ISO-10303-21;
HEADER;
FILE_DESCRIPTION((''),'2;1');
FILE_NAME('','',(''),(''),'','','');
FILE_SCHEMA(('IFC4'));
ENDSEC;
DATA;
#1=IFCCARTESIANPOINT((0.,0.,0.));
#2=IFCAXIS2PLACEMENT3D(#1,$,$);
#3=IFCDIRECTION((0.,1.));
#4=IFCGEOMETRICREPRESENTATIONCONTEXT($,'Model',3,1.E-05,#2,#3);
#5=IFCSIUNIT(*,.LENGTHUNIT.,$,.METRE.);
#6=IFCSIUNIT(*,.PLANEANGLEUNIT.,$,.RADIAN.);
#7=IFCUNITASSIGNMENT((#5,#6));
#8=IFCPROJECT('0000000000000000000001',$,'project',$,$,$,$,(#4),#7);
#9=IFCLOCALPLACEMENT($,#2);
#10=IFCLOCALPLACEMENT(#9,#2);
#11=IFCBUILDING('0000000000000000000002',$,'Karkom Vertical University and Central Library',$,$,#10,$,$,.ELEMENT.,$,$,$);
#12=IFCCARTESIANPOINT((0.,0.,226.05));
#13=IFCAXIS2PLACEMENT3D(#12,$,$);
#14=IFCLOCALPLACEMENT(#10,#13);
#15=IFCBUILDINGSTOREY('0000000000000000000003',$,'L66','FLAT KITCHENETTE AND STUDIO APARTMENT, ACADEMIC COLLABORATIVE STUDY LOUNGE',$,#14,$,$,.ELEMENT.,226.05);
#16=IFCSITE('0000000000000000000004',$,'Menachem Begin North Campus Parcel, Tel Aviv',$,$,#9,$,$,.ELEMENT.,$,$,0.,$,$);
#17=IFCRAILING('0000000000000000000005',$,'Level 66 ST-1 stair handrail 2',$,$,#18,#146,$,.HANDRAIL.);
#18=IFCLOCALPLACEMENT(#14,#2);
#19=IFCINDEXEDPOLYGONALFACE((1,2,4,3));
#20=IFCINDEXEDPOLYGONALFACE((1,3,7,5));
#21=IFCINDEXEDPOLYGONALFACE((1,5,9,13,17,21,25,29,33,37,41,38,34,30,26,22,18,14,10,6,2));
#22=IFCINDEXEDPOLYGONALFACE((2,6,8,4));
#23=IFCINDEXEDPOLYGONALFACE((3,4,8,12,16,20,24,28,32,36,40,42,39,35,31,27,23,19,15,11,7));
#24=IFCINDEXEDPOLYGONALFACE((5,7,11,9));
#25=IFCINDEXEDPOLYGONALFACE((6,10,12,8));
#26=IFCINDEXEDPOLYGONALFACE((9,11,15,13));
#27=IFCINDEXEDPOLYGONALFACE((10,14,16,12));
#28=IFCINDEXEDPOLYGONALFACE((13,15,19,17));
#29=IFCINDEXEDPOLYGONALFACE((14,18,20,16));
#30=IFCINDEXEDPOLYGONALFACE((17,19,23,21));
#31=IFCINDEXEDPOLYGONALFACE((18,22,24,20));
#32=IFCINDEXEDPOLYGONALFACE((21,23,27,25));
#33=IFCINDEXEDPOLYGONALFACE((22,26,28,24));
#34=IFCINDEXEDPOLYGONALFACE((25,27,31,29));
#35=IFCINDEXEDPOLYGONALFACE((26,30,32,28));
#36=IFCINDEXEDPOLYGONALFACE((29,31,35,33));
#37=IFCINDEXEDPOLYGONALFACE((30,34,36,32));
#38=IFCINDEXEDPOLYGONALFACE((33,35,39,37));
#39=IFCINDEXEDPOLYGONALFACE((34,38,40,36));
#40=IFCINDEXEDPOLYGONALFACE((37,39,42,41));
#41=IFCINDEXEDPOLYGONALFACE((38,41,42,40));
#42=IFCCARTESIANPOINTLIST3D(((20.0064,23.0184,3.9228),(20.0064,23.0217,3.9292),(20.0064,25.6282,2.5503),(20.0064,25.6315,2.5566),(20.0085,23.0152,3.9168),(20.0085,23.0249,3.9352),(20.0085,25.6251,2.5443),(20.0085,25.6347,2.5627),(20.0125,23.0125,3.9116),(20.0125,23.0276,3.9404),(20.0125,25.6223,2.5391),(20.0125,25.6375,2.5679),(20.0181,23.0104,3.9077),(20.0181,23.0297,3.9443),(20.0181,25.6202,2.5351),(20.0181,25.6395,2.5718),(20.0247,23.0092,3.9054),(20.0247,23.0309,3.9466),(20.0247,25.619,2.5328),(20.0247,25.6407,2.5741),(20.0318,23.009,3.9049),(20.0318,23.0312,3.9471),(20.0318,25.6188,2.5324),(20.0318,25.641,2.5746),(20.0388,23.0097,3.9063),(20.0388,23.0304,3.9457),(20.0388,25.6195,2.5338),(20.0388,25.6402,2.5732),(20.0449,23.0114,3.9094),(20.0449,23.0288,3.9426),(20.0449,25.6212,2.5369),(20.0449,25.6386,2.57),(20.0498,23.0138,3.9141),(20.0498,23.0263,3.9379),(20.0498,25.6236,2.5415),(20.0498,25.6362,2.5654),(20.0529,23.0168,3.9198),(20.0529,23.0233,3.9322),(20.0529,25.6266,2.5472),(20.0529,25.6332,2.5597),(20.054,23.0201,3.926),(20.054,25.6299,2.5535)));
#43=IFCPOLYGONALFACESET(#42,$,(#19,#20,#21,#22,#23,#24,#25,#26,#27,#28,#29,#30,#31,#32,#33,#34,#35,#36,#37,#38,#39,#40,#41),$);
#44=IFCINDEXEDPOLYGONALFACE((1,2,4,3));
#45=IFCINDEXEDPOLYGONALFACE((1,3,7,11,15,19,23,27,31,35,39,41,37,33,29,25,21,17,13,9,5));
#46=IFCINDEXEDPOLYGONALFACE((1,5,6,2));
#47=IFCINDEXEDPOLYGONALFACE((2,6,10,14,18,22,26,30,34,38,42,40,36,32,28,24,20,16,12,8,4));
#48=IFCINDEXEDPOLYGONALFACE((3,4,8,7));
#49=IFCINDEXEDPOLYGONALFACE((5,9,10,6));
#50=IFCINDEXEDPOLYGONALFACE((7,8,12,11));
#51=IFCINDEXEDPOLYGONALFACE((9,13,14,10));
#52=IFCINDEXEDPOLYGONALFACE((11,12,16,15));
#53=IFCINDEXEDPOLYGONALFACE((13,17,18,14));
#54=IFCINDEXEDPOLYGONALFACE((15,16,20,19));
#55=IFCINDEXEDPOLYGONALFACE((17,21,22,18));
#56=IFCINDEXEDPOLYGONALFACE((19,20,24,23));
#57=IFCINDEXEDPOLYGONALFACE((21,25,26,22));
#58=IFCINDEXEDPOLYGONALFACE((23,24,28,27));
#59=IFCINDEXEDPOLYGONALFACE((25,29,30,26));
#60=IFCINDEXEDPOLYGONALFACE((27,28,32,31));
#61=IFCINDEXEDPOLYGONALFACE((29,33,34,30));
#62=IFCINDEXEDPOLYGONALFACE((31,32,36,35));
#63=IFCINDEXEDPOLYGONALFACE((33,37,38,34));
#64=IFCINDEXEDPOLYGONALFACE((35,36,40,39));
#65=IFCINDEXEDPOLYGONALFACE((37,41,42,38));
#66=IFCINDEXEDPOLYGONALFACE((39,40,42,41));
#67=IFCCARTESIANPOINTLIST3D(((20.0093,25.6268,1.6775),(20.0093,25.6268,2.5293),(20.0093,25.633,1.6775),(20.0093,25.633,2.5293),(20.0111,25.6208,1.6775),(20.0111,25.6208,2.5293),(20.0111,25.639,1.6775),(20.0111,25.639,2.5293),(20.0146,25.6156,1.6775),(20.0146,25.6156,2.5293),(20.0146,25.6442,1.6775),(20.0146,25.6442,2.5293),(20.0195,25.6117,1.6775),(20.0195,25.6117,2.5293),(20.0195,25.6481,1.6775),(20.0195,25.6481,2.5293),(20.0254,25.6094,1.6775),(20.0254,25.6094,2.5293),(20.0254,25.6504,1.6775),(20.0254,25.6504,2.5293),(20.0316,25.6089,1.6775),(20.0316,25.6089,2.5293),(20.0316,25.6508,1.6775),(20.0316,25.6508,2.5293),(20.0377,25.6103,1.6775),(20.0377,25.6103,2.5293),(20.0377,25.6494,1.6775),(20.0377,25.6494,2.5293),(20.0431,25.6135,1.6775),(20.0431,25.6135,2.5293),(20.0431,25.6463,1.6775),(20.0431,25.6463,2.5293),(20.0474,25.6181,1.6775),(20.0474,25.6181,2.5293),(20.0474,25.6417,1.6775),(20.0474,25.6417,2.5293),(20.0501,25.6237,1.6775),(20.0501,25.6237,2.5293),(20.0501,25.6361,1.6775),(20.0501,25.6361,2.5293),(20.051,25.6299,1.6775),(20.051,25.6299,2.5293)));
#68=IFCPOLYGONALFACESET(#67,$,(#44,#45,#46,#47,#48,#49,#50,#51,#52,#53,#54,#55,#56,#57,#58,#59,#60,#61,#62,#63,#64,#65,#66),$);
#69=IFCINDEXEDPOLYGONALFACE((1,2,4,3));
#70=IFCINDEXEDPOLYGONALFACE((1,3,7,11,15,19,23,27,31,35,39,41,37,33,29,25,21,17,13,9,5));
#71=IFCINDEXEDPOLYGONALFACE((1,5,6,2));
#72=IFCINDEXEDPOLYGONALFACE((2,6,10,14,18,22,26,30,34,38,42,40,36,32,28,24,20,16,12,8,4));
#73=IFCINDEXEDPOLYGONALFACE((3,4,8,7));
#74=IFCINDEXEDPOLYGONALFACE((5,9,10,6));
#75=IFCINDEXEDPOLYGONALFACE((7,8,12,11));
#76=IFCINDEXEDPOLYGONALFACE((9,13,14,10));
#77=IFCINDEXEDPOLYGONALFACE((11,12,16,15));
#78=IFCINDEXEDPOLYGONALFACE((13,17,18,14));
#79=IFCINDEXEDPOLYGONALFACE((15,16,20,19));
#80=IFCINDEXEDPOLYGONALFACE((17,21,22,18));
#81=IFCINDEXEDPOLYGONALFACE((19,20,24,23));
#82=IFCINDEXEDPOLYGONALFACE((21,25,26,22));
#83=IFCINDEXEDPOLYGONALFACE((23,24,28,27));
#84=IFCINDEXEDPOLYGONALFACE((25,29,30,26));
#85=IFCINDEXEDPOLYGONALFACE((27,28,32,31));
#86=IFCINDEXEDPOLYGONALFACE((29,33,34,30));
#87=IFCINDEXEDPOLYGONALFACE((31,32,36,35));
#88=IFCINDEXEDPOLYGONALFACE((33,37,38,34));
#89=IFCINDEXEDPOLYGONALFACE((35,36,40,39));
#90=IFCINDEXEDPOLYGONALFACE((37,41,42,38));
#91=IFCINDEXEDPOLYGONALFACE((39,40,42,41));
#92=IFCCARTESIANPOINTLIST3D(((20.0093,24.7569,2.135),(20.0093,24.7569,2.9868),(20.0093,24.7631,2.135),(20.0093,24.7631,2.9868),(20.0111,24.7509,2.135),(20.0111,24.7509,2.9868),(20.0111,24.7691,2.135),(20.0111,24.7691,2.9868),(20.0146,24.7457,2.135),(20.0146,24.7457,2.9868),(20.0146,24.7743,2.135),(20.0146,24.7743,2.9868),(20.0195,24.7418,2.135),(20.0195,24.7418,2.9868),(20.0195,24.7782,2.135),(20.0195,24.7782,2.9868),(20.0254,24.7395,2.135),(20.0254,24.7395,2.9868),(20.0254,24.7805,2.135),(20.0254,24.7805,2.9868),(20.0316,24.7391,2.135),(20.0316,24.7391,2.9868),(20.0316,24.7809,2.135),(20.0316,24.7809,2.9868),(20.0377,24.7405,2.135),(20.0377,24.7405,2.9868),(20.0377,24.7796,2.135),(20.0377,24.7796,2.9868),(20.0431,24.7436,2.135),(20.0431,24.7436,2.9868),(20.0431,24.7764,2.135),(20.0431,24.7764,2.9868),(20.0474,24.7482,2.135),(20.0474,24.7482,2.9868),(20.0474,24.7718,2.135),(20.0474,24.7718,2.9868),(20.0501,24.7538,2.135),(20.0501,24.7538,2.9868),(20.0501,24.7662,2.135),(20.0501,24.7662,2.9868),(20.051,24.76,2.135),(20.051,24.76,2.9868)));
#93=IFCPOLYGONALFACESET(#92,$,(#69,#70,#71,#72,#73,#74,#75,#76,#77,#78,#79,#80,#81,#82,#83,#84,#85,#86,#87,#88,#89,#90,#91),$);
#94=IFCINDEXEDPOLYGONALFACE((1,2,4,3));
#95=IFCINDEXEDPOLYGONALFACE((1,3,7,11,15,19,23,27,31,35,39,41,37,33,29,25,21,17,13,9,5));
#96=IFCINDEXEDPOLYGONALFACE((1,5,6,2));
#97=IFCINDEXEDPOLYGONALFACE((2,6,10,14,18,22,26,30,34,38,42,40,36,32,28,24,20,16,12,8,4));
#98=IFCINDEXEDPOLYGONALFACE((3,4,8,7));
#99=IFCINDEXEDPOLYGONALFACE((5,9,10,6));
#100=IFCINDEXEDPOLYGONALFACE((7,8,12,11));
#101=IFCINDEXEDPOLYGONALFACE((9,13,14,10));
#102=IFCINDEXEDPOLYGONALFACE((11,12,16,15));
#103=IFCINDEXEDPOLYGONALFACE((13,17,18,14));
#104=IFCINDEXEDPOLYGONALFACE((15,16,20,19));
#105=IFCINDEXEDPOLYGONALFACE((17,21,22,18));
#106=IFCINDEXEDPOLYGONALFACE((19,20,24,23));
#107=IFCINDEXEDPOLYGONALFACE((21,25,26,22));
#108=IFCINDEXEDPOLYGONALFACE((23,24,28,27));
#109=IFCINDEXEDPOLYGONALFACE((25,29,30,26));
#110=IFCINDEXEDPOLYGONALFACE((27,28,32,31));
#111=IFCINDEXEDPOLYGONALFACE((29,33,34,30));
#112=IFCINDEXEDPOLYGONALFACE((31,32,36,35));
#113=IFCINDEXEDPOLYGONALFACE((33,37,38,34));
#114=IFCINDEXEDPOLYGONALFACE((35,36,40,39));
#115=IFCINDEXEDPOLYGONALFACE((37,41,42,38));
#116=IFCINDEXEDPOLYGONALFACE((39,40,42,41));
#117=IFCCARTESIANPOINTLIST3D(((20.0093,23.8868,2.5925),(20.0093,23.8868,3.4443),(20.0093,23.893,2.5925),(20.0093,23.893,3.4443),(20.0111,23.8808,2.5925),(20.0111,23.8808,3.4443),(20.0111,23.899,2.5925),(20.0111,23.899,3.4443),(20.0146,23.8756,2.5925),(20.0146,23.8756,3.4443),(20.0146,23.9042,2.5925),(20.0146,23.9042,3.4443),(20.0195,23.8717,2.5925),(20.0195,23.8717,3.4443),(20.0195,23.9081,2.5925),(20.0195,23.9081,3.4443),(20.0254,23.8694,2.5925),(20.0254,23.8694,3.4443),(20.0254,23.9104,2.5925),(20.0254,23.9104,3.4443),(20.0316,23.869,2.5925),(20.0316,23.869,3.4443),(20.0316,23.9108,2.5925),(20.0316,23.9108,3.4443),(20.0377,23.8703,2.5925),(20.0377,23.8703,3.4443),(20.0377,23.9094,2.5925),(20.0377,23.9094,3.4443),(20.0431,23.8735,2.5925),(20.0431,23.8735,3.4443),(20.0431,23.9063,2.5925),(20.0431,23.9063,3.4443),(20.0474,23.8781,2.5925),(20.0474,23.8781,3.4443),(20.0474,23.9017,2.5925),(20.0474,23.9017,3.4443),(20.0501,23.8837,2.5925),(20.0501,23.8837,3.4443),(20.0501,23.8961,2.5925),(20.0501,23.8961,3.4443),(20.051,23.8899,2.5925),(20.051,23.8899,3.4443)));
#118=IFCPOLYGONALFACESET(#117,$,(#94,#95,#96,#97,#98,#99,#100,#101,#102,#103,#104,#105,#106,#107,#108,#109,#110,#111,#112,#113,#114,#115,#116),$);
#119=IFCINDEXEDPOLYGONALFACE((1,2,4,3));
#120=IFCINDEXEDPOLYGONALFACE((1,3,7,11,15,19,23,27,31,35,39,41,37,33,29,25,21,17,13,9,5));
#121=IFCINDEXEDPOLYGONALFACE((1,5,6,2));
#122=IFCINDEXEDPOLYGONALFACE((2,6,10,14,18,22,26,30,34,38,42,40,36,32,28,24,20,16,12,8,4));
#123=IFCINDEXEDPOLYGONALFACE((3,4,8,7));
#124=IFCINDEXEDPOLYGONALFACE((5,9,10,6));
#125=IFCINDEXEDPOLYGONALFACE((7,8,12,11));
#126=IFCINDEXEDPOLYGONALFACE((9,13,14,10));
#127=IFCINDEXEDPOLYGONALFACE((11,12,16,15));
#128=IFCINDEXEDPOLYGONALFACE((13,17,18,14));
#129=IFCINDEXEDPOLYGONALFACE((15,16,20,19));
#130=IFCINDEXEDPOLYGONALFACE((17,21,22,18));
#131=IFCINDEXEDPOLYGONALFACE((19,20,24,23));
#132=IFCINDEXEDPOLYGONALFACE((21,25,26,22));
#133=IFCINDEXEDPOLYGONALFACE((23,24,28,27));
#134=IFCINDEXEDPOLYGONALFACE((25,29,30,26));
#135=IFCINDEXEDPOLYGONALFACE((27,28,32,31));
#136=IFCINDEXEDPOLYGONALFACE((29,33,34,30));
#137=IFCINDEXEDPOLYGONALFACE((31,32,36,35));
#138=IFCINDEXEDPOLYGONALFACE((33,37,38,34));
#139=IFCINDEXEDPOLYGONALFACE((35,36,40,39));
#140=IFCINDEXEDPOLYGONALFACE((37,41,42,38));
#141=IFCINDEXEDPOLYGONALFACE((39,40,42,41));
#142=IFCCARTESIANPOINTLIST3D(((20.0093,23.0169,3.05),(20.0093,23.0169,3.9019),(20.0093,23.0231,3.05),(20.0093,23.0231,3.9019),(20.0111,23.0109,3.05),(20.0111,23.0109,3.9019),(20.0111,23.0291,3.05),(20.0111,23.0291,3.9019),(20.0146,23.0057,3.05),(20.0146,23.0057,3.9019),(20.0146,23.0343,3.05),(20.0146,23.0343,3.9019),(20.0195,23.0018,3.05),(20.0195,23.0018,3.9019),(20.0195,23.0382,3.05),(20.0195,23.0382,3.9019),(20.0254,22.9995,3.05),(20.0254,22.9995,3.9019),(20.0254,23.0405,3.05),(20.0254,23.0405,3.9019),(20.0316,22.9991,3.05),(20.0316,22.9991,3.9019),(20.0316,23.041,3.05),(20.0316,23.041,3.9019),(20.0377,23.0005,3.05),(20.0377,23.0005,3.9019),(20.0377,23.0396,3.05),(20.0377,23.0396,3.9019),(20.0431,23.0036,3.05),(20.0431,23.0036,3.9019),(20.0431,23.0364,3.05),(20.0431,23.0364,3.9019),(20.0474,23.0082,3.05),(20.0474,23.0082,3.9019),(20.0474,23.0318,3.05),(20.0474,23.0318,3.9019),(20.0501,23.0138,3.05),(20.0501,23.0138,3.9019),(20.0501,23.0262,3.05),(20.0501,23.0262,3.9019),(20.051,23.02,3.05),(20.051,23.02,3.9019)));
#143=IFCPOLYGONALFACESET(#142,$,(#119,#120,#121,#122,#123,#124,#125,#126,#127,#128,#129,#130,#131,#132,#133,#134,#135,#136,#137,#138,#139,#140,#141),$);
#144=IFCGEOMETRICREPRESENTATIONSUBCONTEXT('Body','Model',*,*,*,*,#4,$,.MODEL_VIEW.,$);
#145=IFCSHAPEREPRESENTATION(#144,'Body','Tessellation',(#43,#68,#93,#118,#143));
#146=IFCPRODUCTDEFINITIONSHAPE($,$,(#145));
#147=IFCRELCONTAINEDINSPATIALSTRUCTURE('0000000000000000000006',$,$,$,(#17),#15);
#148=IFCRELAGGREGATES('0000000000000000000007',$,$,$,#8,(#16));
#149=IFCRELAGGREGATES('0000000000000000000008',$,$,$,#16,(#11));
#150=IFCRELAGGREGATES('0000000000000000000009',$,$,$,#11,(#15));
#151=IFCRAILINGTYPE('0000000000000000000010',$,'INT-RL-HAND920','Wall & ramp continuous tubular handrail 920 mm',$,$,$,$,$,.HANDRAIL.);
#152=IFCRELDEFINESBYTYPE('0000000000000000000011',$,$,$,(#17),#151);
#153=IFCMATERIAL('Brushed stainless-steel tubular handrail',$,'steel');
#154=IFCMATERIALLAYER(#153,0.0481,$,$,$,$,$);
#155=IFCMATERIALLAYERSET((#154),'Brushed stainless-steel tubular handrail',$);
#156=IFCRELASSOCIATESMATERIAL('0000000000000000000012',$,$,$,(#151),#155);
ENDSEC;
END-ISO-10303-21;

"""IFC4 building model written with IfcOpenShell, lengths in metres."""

from ifc_helpers import new_model, si_unit, direction, frame, origin, origin_2d, place, context, subcontext, project, spatial, circle, extrude, material, layer, layer_set, type_object, element, save


model = new_model("IFC4")

# Units and contexts
model_context = context("Model", 3, precision=1e-05, world=origin(), true_north=direction((0.0, 1.0)))
body_context = subcontext(model_context, "Body", "Model", "MODEL_VIEW")
ifc_project = project(units=[si_unit("LENGTHUNIT", "METRE"), si_unit("PLANEANGLEUNIT", "RADIAN")], contexts=[model_context])

# Site, building, storey
site_placement = place(None, origin())
site = spatial("IfcSite", under=ifc_project, at=site_placement, Name="Menachem Begin North Campus Parcel, Tel Aviv", CompositionType="ELEMENT", RefElevation=0.0)
building_placement = place(site_placement, origin())
building = spatial("IfcBuilding", under=site, at=building_placement, Name="Karkom Vertical University and Central Library", CompositionType="ELEMENT")
storey_placement = place(building_placement, frame((0.0, 0.0, 226.05)))
storey = spatial("IfcBuildingStorey", under=building, at=storey_placement, Name="L66", Description="FLAT KITCHENETTE AND STUDIO APARTMENT, ACADEMIC COLLABORATIVE STUDY LOUNGE", CompositionType="ELEMENT", Elevation=226.05)

# Railing
ifc_material_1 = material(Name="Brushed stainless-steel tubular handrail", Category="steel")
ifc_layer_1 = layer(ifc_material_1, 0.0481)
ifc_layer_set_1 = layer_set([ifc_layer_1], Name="Brushed stainless-steel tubular handrail")
railing_type_1 = type_object("IfcRailingType", Name="INT-RL-HAND920", Description="Wall & ramp continuous tubular handrail 920 mm", PredefinedType="HANDRAIL", material=ifc_layer_set_1)
railing_1_placement = place(storey_placement, frame((20.03, 25.6299, 1.6775)))
element("IfcRailing", 1, at=railing_1_placement, inside=storey, type_object=railing_type_1, Name="Level 66 ST-1 stair handrail 2", PredefinedType="HANDRAIL", context=body_context, shape_type="SweptSolid", body=[
    extrude(circle(Radius=0.0239, at=origin_2d()), frame((0.0, 0.0, 0.876), z_axis=(0.0, -0.885065, 0.465467), x_axis=(1.0, 0.0, 0.0)), (0.0, 0.0, 1.0), 2.9487),
    extrude(circle(Radius=0.021, at=origin_2d()), origin(), (0.0, 0.0, 1.0), 0.8518),
    extrude(circle(Radius=0.021, at=origin_2d()), frame((0.0, -0.8699, 0.4575)), (0.0, 0.0, 1.0), 0.8518),
    extrude(circle(Radius=0.021, at=origin_2d()), frame((0.0, -1.74, 0.915)), (0.0, 0.0, 1.0), 0.8518),
    extrude(circle(Radius=0.021, at=origin_2d()), frame((0.0, -2.6099, 1.3726)), (0.0, 0.0, 1.0), 0.8518),
])

save(model, "model.ifc")
